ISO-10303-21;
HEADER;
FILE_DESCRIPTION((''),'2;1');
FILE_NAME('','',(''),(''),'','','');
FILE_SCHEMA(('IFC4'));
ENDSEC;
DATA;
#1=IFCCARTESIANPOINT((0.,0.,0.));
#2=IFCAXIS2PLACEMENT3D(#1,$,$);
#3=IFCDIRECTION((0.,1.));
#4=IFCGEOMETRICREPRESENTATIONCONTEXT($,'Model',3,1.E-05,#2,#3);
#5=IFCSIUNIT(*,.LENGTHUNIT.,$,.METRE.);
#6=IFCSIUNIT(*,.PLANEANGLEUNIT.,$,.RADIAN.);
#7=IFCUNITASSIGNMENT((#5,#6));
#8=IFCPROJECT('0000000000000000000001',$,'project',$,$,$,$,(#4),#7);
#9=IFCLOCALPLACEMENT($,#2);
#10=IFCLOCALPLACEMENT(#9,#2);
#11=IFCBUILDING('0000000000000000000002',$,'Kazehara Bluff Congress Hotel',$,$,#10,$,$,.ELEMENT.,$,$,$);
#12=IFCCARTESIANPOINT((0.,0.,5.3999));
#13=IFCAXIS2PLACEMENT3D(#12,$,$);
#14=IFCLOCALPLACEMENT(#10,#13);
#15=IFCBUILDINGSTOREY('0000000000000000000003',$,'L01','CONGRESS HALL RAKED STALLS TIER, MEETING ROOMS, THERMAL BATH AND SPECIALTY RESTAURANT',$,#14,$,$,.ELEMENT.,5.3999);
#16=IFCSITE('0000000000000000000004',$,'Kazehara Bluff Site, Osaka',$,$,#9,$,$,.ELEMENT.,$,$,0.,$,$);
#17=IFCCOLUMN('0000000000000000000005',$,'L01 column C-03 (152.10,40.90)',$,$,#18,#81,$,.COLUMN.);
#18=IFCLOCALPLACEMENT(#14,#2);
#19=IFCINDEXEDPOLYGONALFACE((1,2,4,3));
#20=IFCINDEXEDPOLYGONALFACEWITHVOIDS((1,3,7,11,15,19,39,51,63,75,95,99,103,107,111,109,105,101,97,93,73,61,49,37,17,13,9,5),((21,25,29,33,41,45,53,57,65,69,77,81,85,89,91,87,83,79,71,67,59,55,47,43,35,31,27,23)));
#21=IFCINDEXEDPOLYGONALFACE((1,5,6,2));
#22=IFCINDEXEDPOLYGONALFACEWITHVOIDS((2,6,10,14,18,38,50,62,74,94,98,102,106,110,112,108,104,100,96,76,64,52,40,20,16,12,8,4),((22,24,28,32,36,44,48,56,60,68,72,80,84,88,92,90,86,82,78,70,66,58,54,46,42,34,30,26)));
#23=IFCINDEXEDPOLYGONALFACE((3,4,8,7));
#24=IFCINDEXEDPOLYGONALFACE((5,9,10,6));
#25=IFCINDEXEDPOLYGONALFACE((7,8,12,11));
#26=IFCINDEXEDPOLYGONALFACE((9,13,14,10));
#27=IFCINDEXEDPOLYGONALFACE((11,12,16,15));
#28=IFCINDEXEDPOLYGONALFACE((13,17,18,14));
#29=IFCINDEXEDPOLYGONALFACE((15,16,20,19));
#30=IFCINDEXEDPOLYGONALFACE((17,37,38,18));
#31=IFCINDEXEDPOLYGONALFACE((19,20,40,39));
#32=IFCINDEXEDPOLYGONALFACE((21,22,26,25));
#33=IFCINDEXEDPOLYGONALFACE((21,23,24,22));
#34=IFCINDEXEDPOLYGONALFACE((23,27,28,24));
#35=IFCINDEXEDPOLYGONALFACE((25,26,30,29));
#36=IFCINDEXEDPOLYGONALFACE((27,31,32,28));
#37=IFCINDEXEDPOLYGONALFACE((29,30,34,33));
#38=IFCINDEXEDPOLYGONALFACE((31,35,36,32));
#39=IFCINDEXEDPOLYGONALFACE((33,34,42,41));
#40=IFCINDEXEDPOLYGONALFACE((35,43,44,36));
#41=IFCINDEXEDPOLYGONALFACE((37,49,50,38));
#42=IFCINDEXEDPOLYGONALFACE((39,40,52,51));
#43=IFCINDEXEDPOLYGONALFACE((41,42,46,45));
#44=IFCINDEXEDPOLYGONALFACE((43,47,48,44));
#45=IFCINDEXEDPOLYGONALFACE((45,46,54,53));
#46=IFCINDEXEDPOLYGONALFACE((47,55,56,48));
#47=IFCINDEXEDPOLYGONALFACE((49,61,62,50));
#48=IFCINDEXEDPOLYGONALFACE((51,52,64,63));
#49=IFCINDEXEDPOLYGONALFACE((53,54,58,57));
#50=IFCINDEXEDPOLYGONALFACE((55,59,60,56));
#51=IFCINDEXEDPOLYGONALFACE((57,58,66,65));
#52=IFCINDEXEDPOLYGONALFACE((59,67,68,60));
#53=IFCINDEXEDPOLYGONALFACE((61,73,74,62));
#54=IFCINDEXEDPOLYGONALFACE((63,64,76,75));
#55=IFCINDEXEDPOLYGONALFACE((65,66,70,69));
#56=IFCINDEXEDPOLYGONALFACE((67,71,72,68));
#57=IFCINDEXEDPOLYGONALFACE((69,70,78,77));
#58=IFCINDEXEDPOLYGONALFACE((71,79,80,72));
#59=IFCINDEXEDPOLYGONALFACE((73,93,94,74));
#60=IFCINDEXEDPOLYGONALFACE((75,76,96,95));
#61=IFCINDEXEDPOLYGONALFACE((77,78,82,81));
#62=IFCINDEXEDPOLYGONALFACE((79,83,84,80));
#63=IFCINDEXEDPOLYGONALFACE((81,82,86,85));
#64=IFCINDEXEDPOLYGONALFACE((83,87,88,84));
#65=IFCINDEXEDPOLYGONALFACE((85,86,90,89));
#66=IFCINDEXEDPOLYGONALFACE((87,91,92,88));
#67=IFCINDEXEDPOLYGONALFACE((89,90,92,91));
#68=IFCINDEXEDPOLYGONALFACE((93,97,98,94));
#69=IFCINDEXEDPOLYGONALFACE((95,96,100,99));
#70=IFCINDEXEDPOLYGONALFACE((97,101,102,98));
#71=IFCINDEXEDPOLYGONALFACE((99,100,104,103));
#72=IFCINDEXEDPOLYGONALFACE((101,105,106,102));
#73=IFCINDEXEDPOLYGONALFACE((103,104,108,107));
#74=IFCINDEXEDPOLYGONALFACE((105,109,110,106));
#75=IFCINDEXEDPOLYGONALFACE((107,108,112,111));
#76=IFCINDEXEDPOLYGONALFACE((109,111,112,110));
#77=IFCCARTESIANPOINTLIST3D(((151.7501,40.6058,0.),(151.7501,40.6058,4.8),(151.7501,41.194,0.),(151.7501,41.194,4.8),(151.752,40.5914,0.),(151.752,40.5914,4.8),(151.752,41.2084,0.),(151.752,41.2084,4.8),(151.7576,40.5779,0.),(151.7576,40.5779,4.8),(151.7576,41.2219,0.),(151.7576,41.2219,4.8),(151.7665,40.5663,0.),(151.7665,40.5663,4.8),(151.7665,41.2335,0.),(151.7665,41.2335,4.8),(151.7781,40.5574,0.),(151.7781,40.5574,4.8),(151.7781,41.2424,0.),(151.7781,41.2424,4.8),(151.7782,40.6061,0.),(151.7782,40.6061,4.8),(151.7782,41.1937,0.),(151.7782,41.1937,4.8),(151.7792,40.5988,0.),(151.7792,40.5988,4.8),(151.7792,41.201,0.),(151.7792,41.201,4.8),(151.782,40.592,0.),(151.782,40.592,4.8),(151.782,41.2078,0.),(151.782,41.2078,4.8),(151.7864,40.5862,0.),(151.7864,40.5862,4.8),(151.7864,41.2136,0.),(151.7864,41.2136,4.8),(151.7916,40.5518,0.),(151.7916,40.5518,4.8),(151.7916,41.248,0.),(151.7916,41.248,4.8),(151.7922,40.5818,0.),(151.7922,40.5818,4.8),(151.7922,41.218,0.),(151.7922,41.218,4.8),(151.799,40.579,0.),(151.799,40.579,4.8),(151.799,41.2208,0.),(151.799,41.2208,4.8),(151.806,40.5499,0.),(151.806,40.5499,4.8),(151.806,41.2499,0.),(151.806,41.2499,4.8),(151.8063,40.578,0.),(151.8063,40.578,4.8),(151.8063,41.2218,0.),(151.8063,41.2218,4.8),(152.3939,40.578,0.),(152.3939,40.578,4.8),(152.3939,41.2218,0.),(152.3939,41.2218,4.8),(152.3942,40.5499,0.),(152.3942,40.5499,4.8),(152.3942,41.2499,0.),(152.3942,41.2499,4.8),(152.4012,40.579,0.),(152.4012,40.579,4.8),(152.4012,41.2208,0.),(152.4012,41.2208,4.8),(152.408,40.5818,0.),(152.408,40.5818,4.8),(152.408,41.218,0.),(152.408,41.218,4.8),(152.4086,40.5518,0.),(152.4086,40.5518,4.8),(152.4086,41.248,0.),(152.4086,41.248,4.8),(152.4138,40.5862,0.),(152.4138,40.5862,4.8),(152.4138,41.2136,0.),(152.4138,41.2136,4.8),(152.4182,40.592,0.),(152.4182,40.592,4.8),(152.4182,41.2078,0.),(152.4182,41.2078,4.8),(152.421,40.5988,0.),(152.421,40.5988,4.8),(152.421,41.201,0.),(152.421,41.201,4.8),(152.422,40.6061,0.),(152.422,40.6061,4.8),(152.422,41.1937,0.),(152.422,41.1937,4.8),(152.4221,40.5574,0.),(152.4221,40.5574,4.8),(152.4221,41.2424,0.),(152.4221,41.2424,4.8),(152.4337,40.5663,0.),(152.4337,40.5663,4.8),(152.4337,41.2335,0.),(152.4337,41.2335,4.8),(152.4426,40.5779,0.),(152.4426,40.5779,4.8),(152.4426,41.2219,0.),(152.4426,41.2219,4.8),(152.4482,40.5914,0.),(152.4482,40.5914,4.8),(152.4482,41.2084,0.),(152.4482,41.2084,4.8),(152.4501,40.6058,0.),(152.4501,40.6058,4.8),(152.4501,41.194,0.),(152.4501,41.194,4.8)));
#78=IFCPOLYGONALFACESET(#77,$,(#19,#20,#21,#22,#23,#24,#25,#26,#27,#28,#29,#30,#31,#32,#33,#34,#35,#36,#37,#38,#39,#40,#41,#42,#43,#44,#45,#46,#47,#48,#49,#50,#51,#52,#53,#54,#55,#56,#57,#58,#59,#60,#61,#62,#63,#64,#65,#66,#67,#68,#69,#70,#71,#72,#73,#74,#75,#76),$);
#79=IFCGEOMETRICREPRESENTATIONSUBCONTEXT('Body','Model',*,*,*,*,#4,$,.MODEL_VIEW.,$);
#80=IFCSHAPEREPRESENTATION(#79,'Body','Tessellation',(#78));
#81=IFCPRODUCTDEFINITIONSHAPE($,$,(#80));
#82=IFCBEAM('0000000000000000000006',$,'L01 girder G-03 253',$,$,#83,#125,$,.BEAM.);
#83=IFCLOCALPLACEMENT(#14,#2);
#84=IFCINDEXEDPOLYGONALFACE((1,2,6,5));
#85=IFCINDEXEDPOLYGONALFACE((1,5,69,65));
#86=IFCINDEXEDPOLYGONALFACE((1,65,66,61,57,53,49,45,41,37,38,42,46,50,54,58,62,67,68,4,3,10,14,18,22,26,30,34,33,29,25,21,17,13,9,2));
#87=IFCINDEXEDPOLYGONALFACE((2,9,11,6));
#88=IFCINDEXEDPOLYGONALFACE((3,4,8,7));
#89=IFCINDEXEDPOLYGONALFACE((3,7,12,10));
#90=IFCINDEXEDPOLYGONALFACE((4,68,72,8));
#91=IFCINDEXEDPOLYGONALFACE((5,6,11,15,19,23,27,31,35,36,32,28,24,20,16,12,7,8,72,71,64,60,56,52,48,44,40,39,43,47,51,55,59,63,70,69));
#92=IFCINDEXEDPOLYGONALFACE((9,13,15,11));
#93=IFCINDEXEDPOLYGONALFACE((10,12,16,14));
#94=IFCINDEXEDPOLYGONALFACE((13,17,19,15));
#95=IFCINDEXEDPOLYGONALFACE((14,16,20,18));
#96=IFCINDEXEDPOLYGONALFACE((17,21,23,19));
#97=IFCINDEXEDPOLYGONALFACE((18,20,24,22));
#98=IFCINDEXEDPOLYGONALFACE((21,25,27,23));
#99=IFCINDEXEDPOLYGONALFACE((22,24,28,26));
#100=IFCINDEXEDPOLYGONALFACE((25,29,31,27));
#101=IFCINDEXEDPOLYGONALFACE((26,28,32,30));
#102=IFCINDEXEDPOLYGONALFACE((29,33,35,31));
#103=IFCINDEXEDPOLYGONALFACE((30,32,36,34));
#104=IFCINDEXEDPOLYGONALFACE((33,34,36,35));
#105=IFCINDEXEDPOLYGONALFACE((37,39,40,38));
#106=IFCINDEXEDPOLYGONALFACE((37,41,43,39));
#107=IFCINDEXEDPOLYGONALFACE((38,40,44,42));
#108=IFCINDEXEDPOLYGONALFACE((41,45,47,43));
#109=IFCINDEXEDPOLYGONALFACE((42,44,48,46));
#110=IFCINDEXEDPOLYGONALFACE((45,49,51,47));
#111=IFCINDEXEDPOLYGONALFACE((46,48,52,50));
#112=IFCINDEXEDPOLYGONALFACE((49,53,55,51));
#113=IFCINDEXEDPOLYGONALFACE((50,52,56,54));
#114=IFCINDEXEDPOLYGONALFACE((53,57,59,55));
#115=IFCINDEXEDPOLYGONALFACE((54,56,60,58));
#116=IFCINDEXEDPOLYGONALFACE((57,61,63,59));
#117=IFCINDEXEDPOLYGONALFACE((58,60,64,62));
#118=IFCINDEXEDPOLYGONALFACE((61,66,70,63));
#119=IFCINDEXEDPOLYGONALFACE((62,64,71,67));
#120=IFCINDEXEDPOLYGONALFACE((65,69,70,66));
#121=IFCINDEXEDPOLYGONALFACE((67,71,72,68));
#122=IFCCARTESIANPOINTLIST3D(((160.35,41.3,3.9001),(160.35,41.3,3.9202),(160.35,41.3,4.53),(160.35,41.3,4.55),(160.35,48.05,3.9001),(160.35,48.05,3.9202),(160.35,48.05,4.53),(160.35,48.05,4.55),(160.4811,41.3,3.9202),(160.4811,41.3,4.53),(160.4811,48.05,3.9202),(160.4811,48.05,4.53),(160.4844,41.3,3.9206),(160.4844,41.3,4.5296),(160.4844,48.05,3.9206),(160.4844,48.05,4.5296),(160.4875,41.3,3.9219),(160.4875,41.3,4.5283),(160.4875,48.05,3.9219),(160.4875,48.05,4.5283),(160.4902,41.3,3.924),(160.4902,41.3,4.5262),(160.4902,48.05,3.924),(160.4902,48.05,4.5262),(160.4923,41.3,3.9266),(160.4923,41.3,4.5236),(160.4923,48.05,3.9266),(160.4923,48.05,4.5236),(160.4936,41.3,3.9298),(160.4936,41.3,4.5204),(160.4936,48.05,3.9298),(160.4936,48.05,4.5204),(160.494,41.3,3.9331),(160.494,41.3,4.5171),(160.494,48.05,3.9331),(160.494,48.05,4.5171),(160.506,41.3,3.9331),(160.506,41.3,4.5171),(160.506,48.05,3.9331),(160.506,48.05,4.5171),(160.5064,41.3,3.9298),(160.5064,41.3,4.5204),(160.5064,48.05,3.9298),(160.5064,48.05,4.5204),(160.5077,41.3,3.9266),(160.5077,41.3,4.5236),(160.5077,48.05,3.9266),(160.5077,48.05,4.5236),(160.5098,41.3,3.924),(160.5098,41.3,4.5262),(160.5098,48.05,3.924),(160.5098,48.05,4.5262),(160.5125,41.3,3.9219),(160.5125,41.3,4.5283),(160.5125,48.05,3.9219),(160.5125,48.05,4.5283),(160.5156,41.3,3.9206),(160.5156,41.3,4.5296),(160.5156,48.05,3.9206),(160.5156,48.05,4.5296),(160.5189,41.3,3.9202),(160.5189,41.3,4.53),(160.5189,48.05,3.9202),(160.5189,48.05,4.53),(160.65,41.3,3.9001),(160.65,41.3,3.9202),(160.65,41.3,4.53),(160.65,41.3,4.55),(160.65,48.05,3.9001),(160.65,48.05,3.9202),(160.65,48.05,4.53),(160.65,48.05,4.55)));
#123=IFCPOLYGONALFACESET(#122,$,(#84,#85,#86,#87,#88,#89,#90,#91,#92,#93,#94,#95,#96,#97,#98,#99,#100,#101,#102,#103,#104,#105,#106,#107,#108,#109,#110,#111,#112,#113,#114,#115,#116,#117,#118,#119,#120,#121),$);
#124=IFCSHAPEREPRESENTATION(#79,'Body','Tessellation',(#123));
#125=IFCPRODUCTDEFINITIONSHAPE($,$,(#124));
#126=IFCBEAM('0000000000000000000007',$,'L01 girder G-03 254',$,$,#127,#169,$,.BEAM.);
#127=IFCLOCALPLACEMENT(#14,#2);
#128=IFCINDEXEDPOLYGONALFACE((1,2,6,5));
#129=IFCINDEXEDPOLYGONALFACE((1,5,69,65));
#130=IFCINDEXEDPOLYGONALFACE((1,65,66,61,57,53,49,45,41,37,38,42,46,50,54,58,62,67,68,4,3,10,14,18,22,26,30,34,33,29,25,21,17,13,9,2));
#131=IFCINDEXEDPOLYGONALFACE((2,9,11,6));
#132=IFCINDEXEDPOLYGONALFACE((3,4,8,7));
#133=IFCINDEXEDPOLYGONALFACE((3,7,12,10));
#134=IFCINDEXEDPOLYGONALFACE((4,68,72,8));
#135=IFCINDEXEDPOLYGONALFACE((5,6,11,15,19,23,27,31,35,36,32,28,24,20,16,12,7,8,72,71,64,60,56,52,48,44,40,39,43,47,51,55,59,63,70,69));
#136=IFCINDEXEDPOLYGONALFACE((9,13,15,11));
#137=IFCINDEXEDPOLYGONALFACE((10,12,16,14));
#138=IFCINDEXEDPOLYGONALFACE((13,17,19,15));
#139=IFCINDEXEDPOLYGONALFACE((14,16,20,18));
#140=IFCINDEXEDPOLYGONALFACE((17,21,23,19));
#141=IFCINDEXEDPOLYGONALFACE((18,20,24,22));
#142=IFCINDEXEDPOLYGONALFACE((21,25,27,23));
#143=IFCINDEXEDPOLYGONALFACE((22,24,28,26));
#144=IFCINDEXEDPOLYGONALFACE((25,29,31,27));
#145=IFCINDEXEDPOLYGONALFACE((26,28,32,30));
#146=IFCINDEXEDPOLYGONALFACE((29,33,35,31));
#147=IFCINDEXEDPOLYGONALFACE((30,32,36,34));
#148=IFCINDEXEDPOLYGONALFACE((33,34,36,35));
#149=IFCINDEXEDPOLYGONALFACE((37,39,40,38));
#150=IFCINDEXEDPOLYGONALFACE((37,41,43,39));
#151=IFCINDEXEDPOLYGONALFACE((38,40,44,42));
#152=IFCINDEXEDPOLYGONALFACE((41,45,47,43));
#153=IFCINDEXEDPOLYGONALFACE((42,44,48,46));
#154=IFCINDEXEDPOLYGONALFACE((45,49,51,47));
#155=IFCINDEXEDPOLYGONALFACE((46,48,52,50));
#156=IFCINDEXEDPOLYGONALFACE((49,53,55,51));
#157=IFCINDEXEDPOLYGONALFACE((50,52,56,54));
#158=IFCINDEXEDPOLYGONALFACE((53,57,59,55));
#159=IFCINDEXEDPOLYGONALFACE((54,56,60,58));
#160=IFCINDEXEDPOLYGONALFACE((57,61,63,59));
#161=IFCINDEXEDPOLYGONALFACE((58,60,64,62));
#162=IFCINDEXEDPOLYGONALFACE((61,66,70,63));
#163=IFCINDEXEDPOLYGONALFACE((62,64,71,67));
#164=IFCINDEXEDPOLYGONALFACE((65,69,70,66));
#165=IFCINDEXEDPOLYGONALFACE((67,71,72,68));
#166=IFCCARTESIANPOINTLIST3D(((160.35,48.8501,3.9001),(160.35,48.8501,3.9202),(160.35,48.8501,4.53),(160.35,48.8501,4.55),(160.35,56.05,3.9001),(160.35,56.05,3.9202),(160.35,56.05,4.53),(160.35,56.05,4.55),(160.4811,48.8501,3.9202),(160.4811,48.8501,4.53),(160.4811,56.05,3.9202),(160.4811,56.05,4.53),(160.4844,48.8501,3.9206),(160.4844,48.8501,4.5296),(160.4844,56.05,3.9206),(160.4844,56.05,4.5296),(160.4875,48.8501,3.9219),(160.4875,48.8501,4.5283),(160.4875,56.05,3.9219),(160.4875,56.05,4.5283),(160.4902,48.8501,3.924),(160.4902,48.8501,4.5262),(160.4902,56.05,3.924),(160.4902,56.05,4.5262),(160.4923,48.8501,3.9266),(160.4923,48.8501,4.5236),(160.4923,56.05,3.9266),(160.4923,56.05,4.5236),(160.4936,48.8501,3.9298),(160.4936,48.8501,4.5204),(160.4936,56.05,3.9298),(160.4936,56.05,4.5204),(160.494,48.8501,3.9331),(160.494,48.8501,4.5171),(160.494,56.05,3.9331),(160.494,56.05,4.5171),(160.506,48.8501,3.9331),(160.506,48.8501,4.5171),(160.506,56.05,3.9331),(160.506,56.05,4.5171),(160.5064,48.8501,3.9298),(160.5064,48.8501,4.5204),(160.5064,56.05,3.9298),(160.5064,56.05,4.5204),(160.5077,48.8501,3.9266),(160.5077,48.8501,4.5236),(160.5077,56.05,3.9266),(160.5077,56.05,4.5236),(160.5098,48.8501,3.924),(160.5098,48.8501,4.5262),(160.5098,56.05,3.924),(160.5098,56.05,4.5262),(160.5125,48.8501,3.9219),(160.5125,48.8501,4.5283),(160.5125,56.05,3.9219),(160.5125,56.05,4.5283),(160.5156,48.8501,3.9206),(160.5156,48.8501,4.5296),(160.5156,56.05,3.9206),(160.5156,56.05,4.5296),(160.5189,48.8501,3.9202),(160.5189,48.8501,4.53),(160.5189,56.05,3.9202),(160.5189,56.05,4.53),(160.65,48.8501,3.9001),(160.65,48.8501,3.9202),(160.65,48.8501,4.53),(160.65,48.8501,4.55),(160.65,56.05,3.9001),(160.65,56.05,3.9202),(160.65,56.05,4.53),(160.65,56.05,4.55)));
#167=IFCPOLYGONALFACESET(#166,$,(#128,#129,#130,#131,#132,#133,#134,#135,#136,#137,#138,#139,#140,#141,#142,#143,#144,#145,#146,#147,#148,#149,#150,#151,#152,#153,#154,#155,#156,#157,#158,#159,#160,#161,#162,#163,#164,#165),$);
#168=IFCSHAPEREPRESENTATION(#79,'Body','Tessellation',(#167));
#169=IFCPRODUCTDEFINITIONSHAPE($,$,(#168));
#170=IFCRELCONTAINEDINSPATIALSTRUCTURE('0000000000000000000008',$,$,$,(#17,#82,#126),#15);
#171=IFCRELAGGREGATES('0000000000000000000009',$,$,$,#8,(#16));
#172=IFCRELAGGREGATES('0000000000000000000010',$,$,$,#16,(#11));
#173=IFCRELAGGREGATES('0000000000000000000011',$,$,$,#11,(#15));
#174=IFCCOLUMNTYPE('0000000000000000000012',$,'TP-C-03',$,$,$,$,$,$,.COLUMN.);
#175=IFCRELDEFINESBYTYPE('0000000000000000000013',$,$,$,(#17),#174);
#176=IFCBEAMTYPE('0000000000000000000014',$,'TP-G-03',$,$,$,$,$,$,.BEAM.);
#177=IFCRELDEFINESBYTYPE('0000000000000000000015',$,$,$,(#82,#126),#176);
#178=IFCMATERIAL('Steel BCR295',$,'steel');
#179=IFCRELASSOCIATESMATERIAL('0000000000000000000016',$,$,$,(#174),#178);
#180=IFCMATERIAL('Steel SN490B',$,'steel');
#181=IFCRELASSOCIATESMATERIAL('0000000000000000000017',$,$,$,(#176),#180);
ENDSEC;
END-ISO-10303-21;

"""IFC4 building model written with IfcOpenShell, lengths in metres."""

from ifc_helpers import new_model, si_unit, direction, frame, origin, origin_2d, place, context, subcontext, project, spatial, hollow_rectangle, i_section, extrude, material, material_profile, profile_set, type_object, element, save


model = new_model("IFC4")

# Units and contexts
model_context = context("Model", 3, precision=1e-05, world=origin(), true_north=direction((0.0, 1.0)))
body_context = subcontext(model_context, "Body", "Model", "MODEL_VIEW")
ifc_project = project(units=[si_unit("LENGTHUNIT", "METRE"), si_unit("PLANEANGLEUNIT", "RADIAN")], contexts=[model_context])

# Site, building, storey
site_placement = place(None, origin())
site = spatial("IfcSite", under=ifc_project, at=site_placement, Name="Kazehara Bluff Site, Osaka", CompositionType="ELEMENT", RefElevation=0.0)
building_placement = place(site_placement, origin())
building = spatial("IfcBuilding", under=site, at=building_placement, Name="Kazehara Bluff Congress Hotel", CompositionType="ELEMENT")
storey_placement = place(building_placement, frame((0.0, 0.0, 5.3999)))
storey = spatial("IfcBuildingStorey", under=building, at=storey_placement, Name="L01", Description="CONGRESS HALL RAKED STALLS TIER, MEETING ROOMS, THERMAL BATH AND SPECIALTY RESTAURANT", CompositionType="ELEMENT", Elevation=5.3999)

# Column
ifc_material_1 = material(Name="Steel BCR295", Category="steel")
ifc_material_profile_1 = material_profile(ifc_material_1, hollow_rectangle(XDim=0.7, YDim=0.7, WallThickness=0.0281, InnerFilletRadius=0.0281, OuterFilletRadius=0.0559, at=origin_2d()))
ifc_profile_set_1 = profile_set([ifc_material_profile_1], Name="Steel BCR295")
column_type_1 = type_object("IfcColumnType", Name="TP-C-03", PredefinedType="COLUMN", material=ifc_profile_set_1)
column_placement = place(storey_placement, frame((152.1001, 40.8999, 0.0), z_axis=(0.0, 0.0, 1.0), x_axis=(1.0, 0.0, 0.0)))
element("IfcColumn", 1, at=column_placement, inside=storey, type_object=column_type_1, Name="L01 column C-03 (152.10,40.90)", PredefinedType="COLUMN", context=body_context, shape_type="SweptSolid", body=[
    extrude(hollow_rectangle(XDim=0.7, YDim=0.7, WallThickness=0.0281, InnerFilletRadius=0.0281, OuterFilletRadius=0.0559, at=origin_2d()), origin(), (0.0, 0.0, 1.0), 4.8),
])

# Beams
ifc_material_2 = material(Name="Steel SN490B", Category="steel")
ifc_material_profile_2 = material_profile(ifc_material_2, i_section(OverallWidth=0.3, OverallDepth=0.6499, WebThickness=0.012, FlangeThickness=0.02, FilletRadius=0.0129, at=origin_2d()))
ifc_profile_set_2 = profile_set([ifc_material_profile_2], Name="Steel SN490B")
beam_type_1 = type_object("IfcBeamType", Name="TP-G-03", PredefinedType="BEAM", material=ifc_profile_set_2)
beam_1_placement = place(storey_placement, frame((160.5, 41.3, 4.2251), z_axis=(0.0, 1.0, 0.0), x_axis=(-1.0, 0.0, 0.0)))
element("IfcBeam", 2, at=beam_1_placement, inside=storey, type_object=beam_type_1, Name="L01 girder G-03 253", PredefinedType="BEAM", context=body_context, shape_type="SweptSolid", body=[
    extrude(i_section(OverallWidth=0.3, OverallDepth=0.6499, WebThickness=0.012, FlangeThickness=0.02, FilletRadius=0.0129, at=origin_2d()), origin(), (0.0, 0.0, 1.0), 6.75),
])
beam_2_placement = place(storey_placement, frame((160.5, 48.8501, 4.2251), z_axis=(0.0, 1.0, 0.0), x_axis=(-1.0, 0.0, 0.0)))
element("IfcBeam", 3, at=beam_2_placement, inside=storey, type_object=beam_type_1, Name="L01 girder G-03 254", PredefinedType="BEAM", context=body_context, shape_type="SweptSolid", body=[
    extrude(i_section(OverallWidth=0.3, OverallDepth=0.6499, WebThickness=0.012, FlangeThickness=0.02, FilletRadius=0.0129, at=origin_2d()), origin(), (0.0, 0.0, 1.0), 7.2),
])

save(model, "model.ifc")
